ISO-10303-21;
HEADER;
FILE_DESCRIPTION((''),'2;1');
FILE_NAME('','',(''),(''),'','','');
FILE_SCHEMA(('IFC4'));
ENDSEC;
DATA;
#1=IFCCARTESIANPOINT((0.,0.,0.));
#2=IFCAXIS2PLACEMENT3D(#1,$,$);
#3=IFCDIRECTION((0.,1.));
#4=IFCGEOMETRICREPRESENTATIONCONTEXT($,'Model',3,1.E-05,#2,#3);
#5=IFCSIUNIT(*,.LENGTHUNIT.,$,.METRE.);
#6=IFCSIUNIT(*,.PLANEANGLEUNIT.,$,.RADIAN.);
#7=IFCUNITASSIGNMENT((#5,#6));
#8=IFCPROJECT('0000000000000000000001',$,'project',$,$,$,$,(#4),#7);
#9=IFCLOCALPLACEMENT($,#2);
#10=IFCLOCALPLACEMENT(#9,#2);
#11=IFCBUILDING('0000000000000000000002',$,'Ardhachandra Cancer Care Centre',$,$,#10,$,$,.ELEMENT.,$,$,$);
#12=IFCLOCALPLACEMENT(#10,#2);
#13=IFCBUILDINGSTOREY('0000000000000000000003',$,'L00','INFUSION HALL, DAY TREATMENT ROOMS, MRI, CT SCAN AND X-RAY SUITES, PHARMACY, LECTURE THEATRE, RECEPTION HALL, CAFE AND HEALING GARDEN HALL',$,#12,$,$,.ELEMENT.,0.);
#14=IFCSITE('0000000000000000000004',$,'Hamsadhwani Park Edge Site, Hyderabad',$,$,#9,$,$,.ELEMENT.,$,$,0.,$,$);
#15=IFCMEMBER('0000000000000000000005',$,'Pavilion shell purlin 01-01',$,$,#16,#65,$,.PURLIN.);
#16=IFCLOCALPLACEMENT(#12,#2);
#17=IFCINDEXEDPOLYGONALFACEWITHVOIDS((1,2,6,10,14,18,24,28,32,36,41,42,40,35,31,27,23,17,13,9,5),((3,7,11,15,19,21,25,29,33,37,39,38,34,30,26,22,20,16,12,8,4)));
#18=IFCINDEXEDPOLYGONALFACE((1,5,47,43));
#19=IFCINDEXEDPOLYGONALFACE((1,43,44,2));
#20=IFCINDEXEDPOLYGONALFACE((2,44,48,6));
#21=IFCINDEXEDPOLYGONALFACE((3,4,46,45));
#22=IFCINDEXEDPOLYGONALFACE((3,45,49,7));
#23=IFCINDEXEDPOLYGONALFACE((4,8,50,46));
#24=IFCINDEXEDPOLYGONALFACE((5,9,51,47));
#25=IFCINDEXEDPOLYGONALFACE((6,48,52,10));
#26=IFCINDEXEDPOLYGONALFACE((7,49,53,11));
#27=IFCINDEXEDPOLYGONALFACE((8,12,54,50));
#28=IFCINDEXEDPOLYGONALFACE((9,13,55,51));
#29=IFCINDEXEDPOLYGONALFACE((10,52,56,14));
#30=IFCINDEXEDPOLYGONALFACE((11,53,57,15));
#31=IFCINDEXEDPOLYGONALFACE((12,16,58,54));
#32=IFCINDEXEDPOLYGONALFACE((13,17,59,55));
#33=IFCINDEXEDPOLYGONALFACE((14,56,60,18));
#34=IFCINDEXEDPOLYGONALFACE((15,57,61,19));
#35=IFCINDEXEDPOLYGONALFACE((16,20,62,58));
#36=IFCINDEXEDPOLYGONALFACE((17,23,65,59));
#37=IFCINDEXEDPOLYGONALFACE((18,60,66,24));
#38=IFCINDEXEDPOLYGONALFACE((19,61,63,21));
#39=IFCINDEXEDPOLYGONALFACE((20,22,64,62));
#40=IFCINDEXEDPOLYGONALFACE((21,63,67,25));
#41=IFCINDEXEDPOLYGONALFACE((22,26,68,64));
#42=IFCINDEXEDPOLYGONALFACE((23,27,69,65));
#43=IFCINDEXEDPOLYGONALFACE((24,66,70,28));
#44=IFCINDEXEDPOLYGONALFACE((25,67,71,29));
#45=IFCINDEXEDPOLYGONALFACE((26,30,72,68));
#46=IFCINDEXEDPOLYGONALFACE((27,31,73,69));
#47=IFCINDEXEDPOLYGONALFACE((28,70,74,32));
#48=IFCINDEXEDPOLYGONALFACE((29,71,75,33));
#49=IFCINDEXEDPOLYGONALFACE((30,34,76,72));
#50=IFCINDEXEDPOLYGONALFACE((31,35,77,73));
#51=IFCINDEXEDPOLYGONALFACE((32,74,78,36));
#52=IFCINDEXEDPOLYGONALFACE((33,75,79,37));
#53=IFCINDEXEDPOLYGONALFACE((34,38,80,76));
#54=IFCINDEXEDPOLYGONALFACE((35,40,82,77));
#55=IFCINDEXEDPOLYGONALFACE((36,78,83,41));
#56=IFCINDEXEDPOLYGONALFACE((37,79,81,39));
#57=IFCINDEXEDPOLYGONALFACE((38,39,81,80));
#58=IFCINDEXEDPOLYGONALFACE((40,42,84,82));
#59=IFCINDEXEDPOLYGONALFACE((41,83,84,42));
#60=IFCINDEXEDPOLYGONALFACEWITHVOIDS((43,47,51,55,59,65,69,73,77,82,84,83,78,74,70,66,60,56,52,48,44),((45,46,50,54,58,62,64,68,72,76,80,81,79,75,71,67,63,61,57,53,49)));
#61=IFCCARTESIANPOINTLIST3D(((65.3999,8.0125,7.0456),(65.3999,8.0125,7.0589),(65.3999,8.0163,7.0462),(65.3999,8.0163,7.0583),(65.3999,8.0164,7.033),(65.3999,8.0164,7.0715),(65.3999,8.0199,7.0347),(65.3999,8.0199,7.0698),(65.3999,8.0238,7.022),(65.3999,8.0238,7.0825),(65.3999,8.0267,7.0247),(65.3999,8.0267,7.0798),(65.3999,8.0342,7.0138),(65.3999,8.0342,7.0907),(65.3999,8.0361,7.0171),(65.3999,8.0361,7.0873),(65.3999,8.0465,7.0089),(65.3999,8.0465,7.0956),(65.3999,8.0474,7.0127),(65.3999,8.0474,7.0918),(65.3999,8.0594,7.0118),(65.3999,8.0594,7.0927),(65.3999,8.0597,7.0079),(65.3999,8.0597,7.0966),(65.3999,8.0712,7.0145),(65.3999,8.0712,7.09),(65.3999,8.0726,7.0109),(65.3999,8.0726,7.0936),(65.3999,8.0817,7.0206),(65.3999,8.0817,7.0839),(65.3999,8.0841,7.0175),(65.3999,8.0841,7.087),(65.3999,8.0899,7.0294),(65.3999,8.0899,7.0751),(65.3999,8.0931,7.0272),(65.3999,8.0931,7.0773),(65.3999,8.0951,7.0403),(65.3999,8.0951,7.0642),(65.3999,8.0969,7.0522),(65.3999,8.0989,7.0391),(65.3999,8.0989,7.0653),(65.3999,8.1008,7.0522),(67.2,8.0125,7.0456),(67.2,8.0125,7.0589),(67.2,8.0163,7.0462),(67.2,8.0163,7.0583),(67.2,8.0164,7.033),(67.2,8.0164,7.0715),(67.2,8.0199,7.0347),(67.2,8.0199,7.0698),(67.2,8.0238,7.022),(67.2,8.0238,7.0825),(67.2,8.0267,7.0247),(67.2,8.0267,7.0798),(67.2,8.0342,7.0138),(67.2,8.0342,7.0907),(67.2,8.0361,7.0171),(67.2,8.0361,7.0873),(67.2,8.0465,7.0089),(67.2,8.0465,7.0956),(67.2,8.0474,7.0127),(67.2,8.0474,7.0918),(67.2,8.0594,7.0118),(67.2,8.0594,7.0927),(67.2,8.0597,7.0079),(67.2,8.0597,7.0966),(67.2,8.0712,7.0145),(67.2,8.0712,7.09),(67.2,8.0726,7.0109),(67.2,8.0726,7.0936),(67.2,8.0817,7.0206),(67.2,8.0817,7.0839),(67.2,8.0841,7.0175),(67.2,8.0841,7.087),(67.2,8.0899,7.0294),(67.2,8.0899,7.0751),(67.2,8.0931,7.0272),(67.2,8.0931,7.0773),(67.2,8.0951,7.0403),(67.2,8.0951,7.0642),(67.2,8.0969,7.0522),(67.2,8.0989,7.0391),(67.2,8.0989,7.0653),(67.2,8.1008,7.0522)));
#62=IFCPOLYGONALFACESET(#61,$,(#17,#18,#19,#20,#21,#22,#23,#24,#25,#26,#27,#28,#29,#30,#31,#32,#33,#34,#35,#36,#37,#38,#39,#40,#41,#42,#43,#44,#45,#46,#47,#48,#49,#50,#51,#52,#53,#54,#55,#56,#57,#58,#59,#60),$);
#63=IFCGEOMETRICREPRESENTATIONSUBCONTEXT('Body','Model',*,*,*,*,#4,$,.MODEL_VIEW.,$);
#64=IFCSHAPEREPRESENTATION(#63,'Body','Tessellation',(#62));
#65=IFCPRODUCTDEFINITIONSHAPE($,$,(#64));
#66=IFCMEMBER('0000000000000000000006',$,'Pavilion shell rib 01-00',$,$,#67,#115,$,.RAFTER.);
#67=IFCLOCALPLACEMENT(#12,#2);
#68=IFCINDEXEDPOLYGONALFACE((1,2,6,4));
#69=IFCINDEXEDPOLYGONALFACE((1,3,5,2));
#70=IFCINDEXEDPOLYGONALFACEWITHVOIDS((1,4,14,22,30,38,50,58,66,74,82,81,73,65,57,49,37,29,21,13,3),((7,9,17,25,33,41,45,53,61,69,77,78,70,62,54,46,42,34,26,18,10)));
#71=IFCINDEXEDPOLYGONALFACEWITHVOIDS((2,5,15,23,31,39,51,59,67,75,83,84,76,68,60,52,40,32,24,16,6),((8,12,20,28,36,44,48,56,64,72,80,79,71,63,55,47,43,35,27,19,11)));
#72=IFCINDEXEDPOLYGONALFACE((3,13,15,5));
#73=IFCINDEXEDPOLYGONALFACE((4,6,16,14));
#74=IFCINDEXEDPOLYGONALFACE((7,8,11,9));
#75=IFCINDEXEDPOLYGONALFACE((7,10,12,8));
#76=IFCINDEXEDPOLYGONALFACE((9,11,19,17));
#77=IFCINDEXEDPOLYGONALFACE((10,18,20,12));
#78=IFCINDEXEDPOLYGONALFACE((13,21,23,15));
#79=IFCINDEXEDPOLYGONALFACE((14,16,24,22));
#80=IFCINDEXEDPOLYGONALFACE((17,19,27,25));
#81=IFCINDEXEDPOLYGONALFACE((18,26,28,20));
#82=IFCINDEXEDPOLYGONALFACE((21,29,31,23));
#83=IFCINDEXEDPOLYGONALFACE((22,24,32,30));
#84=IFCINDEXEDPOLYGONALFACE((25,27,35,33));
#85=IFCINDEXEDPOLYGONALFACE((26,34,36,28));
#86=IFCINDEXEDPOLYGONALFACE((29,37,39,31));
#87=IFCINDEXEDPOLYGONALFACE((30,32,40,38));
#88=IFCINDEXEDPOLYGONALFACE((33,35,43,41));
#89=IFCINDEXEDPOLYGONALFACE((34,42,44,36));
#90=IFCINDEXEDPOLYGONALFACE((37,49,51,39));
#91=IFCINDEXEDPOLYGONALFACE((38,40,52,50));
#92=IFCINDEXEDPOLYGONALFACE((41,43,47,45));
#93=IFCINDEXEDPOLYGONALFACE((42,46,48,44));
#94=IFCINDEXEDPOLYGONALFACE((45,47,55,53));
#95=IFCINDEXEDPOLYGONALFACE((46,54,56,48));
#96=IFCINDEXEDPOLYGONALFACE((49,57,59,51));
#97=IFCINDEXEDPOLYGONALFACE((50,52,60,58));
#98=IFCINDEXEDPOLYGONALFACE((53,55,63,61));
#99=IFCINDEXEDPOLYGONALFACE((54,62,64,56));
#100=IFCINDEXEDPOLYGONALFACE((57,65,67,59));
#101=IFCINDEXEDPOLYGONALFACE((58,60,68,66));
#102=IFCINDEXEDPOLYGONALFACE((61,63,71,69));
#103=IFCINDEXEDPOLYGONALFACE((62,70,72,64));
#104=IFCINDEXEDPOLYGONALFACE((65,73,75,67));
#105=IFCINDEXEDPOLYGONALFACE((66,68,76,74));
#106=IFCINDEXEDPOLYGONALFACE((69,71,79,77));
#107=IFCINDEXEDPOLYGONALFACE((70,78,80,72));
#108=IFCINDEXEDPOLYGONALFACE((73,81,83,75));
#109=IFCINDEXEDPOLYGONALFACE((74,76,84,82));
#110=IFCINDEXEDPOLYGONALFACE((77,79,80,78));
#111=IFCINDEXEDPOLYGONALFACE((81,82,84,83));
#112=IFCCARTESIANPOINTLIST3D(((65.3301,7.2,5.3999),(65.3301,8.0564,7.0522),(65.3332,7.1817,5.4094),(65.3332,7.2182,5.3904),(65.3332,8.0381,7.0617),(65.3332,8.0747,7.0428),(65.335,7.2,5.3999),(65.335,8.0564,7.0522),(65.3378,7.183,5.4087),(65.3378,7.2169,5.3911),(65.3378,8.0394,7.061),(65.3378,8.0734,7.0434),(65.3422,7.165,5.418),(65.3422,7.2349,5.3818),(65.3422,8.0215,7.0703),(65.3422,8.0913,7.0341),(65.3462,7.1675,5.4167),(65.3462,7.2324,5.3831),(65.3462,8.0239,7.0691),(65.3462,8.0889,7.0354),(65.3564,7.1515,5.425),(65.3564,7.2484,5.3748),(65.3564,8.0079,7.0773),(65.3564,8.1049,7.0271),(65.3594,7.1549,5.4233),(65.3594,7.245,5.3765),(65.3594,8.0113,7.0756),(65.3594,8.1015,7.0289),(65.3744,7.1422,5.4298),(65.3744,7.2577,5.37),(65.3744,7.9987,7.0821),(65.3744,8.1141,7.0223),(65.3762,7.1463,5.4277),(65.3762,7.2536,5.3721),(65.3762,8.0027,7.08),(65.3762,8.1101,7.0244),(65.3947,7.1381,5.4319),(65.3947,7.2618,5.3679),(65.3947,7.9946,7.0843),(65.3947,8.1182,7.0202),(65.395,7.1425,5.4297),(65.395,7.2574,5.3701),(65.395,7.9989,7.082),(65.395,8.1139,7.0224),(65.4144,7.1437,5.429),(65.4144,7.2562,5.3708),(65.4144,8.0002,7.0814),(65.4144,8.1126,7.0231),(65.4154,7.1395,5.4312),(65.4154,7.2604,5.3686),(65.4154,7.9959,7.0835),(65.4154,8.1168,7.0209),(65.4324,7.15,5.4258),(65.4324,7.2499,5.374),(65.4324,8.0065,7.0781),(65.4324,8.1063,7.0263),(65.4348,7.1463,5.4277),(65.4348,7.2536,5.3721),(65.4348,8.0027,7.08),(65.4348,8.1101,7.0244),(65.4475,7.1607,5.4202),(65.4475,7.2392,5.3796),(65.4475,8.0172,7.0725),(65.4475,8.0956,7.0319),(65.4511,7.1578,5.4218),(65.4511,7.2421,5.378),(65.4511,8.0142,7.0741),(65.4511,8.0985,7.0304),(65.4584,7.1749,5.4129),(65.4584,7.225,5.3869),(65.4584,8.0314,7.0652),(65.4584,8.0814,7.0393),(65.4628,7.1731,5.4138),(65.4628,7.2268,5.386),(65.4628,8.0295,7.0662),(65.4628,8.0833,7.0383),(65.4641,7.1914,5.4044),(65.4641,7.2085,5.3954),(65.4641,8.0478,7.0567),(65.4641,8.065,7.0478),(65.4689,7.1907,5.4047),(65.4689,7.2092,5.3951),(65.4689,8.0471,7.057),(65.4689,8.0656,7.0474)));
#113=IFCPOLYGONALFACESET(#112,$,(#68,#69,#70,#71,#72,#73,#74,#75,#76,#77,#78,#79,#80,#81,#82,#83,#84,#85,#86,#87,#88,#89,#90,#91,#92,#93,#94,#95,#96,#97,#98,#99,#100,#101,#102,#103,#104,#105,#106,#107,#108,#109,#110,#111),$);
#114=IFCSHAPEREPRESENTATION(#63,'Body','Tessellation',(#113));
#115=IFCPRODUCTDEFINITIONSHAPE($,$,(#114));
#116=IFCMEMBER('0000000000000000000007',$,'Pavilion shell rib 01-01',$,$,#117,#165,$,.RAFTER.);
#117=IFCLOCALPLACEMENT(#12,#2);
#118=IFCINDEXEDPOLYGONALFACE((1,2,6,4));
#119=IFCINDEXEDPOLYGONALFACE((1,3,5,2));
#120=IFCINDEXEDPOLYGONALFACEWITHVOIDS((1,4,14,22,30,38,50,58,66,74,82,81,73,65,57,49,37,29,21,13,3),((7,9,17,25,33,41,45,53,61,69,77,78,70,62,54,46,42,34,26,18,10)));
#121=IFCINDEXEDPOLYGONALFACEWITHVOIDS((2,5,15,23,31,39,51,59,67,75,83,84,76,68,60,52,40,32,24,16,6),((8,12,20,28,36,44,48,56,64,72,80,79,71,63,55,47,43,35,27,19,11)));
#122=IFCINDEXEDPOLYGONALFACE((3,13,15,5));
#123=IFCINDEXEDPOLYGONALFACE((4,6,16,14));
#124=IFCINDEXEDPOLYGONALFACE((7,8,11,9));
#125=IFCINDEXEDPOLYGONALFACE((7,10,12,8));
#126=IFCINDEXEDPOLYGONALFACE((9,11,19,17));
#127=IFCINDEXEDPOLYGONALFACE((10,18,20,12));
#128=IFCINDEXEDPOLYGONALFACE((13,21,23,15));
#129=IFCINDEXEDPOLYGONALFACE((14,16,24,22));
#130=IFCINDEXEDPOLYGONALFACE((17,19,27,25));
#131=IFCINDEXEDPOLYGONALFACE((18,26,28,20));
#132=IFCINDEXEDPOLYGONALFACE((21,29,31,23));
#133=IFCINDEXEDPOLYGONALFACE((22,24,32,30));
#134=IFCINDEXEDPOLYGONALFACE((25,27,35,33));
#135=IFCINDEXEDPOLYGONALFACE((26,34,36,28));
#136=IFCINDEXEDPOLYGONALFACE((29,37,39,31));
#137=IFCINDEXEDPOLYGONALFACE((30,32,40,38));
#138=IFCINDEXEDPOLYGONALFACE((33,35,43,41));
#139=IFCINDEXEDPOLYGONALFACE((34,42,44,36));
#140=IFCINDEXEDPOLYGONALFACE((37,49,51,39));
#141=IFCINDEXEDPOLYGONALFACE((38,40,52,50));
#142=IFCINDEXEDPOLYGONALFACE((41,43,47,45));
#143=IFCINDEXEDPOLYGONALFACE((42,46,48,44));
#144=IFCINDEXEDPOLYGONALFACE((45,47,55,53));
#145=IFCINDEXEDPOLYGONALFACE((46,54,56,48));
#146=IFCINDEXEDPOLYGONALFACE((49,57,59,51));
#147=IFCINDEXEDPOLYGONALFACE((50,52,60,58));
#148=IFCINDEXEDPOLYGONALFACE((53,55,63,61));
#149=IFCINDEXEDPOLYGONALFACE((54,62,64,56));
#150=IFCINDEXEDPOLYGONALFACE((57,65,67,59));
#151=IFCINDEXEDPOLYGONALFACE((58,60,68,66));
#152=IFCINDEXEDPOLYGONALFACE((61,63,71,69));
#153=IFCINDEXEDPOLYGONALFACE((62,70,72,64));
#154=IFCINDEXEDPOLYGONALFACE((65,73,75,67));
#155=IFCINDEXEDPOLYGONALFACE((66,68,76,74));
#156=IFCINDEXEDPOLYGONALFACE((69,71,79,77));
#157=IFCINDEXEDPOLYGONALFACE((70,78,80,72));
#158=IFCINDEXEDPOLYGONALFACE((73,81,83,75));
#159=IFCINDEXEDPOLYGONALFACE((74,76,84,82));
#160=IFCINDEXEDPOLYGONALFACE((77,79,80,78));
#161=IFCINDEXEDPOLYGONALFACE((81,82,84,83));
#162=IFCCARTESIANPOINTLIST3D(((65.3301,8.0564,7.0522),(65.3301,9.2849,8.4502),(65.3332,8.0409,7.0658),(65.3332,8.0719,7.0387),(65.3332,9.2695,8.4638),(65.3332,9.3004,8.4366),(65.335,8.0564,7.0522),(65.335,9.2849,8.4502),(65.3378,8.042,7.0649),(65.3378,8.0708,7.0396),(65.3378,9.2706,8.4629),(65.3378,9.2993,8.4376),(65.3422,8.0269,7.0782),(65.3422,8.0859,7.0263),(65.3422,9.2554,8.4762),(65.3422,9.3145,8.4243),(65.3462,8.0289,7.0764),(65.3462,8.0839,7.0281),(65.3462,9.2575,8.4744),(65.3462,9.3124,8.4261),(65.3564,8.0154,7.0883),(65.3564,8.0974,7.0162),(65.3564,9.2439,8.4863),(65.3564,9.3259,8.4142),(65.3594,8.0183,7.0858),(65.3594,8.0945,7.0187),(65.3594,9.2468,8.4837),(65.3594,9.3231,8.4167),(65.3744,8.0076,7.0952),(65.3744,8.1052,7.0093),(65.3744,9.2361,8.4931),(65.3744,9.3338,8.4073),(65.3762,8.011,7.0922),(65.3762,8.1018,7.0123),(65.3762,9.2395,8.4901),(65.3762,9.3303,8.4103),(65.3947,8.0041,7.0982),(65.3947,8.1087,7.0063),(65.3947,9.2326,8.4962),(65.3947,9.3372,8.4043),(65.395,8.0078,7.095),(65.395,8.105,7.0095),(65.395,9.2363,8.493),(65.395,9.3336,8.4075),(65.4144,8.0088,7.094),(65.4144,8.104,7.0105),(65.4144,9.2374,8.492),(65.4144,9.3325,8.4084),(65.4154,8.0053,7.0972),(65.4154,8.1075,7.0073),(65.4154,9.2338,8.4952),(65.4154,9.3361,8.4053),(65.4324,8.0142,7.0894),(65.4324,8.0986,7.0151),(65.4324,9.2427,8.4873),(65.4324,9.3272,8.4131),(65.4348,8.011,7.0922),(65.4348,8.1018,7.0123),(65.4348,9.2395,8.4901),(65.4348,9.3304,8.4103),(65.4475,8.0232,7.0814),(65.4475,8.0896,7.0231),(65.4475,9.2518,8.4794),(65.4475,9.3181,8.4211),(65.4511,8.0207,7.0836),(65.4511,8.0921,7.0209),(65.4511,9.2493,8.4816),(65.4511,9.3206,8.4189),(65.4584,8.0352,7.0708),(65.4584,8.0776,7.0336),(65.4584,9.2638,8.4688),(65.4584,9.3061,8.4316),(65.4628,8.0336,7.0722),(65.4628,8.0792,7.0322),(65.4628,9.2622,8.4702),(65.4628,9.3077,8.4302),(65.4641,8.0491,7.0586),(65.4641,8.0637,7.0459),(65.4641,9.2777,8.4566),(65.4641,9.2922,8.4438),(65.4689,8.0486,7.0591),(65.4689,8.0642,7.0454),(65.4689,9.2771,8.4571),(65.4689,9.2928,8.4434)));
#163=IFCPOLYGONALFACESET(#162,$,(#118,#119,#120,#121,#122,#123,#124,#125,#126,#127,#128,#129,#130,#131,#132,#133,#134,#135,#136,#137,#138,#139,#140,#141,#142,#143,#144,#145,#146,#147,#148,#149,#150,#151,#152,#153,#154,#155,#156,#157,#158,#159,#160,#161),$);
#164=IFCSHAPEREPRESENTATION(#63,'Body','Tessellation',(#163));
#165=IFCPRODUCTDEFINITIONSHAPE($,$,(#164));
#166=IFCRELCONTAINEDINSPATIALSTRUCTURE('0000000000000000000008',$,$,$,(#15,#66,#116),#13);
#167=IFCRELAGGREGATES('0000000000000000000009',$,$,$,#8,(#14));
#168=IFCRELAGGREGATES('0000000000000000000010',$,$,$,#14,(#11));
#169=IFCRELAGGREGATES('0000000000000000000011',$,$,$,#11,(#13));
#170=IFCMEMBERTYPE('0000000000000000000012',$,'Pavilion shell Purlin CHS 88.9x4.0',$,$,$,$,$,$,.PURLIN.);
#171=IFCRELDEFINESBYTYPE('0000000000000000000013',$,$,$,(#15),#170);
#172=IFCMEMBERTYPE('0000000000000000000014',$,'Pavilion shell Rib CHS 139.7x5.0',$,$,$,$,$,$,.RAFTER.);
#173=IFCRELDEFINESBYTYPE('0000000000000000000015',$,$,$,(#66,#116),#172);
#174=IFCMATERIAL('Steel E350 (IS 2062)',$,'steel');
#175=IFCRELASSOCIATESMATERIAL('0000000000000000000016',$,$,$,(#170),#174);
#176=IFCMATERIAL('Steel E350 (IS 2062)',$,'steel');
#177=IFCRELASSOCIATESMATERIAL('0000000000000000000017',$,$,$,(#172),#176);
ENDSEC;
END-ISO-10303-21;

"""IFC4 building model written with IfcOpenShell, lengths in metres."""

from ifc_helpers import new_model, si_unit, direction, frame, origin, origin_2d, place, context, subcontext, project, spatial, hollow_circle, extrude, material, material_profile, profile_set, type_object, element, save


model = new_model("IFC4")

# Units and contexts
model_context = context("Model", 3, precision=1e-05, world=origin(), true_north=direction((0.0, 1.0)))
body_context = subcontext(model_context, "Body", "Model", "MODEL_VIEW")
ifc_project = project(units=[si_unit("LENGTHUNIT", "METRE"), si_unit("PLANEANGLEUNIT", "RADIAN")], contexts=[model_context])

# Site, building, storey
site_placement = place(None, origin())
site = spatial("IfcSite", under=ifc_project, at=site_placement, Name="Hamsadhwani Park Edge Site, Hyderabad", CompositionType="ELEMENT", RefElevation=0.0)
building_placement = place(site_placement, origin())
building = spatial("IfcBuilding", under=site, at=building_placement, Name="Ardhachandra Cancer Care Centre", CompositionType="ELEMENT")
storey_placement = place(building_placement, origin())
storey = spatial("IfcBuildingStorey", under=building, at=storey_placement, Name="L00", Description="INFUSION HALL, DAY TREATMENT ROOMS, MRI, CT SCAN AND X-RAY SUITES, PHARMACY, LECTURE THEATRE, RECEPTION HALL, CAFE AND HEALING GARDEN HALL", CompositionType="ELEMENT", Elevation=0.0)

# Members
ifc_material_1 = material(Name="Steel E350 (IS 2062)", Category="steel")
ifc_material_profile_1 = material_profile(ifc_material_1, hollow_circle(Radius=0.0444, WallThickness=0.0039, at=origin_2d()), Name="CHS 88.9x4.0")
ifc_profile_set_1 = profile_set([ifc_material_profile_1], Name="Steel E350 (IS 2062)")
member_type_1 = type_object("IfcMemberType", Name="Pavilion shell Purlin CHS 88.9x4.0", PredefinedType="PURLIN", material=ifc_profile_set_1)
member_1_placement = place(storey_placement, frame((65.3999, 8.0564, 7.0522), z_axis=(1.0, 0.0, 0.0), x_axis=(0.0, 1.0, 0.0)))
element("IfcMember", 1, at=member_1_placement, inside=storey, type_object=member_type_1, Name="Pavilion shell purlin 01-01", PredefinedType="PURLIN", context=body_context, shape_type="SweptSolid", body=[
    extrude(hollow_circle(Radius=0.0444, WallThickness=0.0039, at=origin_2d()), origin(), (0.0, 0.0, 1.0), 1.8),
])
ifc_material_2 = material(Name="Steel E350 (IS 2062)", Category="steel")
ifc_material_profile_2 = material_profile(ifc_material_2, hollow_circle(Radius=0.0698, WallThickness=0.0049, at=origin_2d()), Name="CHS 139.7x5.0")
ifc_profile_set_2 = profile_set([ifc_material_profile_2], Name="Steel E350 (IS 2062)")
member_type_2 = type_object("IfcMemberType", Name="Pavilion shell Rib CHS 139.7x5.0", PredefinedType="RAFTER", material=ifc_profile_set_2)
for number, where, z_axis, x_axis, name in (
    (2, (65.3999, 7.2, 5.3999), (0.0, 0.460179, 0.887826), (-1.0, 0.0, 0.0), "Pavilion shell rib 01-00"),
    (3, (65.3999, 8.0564, 7.0522), (0.0, 0.660119, 0.751161), (-1.0, 0.0, 0.0), "Pavilion shell rib 01-01"),
):
    element("IfcMember", number, at=place(storey_placement, frame(where, z_axis=z_axis, x_axis=x_axis)), inside=storey, type_object=member_type_2, Name=name, PredefinedType="RAFTER", context=body_context, shape_type="SweptSolid", body=[
        extrude(hollow_circle(Radius=0.0698, WallThickness=0.0049, at=origin_2d()), origin(), (0.0, 0.0, 1.0), 1.8611),
    ])

save(model, "model.ifc")
